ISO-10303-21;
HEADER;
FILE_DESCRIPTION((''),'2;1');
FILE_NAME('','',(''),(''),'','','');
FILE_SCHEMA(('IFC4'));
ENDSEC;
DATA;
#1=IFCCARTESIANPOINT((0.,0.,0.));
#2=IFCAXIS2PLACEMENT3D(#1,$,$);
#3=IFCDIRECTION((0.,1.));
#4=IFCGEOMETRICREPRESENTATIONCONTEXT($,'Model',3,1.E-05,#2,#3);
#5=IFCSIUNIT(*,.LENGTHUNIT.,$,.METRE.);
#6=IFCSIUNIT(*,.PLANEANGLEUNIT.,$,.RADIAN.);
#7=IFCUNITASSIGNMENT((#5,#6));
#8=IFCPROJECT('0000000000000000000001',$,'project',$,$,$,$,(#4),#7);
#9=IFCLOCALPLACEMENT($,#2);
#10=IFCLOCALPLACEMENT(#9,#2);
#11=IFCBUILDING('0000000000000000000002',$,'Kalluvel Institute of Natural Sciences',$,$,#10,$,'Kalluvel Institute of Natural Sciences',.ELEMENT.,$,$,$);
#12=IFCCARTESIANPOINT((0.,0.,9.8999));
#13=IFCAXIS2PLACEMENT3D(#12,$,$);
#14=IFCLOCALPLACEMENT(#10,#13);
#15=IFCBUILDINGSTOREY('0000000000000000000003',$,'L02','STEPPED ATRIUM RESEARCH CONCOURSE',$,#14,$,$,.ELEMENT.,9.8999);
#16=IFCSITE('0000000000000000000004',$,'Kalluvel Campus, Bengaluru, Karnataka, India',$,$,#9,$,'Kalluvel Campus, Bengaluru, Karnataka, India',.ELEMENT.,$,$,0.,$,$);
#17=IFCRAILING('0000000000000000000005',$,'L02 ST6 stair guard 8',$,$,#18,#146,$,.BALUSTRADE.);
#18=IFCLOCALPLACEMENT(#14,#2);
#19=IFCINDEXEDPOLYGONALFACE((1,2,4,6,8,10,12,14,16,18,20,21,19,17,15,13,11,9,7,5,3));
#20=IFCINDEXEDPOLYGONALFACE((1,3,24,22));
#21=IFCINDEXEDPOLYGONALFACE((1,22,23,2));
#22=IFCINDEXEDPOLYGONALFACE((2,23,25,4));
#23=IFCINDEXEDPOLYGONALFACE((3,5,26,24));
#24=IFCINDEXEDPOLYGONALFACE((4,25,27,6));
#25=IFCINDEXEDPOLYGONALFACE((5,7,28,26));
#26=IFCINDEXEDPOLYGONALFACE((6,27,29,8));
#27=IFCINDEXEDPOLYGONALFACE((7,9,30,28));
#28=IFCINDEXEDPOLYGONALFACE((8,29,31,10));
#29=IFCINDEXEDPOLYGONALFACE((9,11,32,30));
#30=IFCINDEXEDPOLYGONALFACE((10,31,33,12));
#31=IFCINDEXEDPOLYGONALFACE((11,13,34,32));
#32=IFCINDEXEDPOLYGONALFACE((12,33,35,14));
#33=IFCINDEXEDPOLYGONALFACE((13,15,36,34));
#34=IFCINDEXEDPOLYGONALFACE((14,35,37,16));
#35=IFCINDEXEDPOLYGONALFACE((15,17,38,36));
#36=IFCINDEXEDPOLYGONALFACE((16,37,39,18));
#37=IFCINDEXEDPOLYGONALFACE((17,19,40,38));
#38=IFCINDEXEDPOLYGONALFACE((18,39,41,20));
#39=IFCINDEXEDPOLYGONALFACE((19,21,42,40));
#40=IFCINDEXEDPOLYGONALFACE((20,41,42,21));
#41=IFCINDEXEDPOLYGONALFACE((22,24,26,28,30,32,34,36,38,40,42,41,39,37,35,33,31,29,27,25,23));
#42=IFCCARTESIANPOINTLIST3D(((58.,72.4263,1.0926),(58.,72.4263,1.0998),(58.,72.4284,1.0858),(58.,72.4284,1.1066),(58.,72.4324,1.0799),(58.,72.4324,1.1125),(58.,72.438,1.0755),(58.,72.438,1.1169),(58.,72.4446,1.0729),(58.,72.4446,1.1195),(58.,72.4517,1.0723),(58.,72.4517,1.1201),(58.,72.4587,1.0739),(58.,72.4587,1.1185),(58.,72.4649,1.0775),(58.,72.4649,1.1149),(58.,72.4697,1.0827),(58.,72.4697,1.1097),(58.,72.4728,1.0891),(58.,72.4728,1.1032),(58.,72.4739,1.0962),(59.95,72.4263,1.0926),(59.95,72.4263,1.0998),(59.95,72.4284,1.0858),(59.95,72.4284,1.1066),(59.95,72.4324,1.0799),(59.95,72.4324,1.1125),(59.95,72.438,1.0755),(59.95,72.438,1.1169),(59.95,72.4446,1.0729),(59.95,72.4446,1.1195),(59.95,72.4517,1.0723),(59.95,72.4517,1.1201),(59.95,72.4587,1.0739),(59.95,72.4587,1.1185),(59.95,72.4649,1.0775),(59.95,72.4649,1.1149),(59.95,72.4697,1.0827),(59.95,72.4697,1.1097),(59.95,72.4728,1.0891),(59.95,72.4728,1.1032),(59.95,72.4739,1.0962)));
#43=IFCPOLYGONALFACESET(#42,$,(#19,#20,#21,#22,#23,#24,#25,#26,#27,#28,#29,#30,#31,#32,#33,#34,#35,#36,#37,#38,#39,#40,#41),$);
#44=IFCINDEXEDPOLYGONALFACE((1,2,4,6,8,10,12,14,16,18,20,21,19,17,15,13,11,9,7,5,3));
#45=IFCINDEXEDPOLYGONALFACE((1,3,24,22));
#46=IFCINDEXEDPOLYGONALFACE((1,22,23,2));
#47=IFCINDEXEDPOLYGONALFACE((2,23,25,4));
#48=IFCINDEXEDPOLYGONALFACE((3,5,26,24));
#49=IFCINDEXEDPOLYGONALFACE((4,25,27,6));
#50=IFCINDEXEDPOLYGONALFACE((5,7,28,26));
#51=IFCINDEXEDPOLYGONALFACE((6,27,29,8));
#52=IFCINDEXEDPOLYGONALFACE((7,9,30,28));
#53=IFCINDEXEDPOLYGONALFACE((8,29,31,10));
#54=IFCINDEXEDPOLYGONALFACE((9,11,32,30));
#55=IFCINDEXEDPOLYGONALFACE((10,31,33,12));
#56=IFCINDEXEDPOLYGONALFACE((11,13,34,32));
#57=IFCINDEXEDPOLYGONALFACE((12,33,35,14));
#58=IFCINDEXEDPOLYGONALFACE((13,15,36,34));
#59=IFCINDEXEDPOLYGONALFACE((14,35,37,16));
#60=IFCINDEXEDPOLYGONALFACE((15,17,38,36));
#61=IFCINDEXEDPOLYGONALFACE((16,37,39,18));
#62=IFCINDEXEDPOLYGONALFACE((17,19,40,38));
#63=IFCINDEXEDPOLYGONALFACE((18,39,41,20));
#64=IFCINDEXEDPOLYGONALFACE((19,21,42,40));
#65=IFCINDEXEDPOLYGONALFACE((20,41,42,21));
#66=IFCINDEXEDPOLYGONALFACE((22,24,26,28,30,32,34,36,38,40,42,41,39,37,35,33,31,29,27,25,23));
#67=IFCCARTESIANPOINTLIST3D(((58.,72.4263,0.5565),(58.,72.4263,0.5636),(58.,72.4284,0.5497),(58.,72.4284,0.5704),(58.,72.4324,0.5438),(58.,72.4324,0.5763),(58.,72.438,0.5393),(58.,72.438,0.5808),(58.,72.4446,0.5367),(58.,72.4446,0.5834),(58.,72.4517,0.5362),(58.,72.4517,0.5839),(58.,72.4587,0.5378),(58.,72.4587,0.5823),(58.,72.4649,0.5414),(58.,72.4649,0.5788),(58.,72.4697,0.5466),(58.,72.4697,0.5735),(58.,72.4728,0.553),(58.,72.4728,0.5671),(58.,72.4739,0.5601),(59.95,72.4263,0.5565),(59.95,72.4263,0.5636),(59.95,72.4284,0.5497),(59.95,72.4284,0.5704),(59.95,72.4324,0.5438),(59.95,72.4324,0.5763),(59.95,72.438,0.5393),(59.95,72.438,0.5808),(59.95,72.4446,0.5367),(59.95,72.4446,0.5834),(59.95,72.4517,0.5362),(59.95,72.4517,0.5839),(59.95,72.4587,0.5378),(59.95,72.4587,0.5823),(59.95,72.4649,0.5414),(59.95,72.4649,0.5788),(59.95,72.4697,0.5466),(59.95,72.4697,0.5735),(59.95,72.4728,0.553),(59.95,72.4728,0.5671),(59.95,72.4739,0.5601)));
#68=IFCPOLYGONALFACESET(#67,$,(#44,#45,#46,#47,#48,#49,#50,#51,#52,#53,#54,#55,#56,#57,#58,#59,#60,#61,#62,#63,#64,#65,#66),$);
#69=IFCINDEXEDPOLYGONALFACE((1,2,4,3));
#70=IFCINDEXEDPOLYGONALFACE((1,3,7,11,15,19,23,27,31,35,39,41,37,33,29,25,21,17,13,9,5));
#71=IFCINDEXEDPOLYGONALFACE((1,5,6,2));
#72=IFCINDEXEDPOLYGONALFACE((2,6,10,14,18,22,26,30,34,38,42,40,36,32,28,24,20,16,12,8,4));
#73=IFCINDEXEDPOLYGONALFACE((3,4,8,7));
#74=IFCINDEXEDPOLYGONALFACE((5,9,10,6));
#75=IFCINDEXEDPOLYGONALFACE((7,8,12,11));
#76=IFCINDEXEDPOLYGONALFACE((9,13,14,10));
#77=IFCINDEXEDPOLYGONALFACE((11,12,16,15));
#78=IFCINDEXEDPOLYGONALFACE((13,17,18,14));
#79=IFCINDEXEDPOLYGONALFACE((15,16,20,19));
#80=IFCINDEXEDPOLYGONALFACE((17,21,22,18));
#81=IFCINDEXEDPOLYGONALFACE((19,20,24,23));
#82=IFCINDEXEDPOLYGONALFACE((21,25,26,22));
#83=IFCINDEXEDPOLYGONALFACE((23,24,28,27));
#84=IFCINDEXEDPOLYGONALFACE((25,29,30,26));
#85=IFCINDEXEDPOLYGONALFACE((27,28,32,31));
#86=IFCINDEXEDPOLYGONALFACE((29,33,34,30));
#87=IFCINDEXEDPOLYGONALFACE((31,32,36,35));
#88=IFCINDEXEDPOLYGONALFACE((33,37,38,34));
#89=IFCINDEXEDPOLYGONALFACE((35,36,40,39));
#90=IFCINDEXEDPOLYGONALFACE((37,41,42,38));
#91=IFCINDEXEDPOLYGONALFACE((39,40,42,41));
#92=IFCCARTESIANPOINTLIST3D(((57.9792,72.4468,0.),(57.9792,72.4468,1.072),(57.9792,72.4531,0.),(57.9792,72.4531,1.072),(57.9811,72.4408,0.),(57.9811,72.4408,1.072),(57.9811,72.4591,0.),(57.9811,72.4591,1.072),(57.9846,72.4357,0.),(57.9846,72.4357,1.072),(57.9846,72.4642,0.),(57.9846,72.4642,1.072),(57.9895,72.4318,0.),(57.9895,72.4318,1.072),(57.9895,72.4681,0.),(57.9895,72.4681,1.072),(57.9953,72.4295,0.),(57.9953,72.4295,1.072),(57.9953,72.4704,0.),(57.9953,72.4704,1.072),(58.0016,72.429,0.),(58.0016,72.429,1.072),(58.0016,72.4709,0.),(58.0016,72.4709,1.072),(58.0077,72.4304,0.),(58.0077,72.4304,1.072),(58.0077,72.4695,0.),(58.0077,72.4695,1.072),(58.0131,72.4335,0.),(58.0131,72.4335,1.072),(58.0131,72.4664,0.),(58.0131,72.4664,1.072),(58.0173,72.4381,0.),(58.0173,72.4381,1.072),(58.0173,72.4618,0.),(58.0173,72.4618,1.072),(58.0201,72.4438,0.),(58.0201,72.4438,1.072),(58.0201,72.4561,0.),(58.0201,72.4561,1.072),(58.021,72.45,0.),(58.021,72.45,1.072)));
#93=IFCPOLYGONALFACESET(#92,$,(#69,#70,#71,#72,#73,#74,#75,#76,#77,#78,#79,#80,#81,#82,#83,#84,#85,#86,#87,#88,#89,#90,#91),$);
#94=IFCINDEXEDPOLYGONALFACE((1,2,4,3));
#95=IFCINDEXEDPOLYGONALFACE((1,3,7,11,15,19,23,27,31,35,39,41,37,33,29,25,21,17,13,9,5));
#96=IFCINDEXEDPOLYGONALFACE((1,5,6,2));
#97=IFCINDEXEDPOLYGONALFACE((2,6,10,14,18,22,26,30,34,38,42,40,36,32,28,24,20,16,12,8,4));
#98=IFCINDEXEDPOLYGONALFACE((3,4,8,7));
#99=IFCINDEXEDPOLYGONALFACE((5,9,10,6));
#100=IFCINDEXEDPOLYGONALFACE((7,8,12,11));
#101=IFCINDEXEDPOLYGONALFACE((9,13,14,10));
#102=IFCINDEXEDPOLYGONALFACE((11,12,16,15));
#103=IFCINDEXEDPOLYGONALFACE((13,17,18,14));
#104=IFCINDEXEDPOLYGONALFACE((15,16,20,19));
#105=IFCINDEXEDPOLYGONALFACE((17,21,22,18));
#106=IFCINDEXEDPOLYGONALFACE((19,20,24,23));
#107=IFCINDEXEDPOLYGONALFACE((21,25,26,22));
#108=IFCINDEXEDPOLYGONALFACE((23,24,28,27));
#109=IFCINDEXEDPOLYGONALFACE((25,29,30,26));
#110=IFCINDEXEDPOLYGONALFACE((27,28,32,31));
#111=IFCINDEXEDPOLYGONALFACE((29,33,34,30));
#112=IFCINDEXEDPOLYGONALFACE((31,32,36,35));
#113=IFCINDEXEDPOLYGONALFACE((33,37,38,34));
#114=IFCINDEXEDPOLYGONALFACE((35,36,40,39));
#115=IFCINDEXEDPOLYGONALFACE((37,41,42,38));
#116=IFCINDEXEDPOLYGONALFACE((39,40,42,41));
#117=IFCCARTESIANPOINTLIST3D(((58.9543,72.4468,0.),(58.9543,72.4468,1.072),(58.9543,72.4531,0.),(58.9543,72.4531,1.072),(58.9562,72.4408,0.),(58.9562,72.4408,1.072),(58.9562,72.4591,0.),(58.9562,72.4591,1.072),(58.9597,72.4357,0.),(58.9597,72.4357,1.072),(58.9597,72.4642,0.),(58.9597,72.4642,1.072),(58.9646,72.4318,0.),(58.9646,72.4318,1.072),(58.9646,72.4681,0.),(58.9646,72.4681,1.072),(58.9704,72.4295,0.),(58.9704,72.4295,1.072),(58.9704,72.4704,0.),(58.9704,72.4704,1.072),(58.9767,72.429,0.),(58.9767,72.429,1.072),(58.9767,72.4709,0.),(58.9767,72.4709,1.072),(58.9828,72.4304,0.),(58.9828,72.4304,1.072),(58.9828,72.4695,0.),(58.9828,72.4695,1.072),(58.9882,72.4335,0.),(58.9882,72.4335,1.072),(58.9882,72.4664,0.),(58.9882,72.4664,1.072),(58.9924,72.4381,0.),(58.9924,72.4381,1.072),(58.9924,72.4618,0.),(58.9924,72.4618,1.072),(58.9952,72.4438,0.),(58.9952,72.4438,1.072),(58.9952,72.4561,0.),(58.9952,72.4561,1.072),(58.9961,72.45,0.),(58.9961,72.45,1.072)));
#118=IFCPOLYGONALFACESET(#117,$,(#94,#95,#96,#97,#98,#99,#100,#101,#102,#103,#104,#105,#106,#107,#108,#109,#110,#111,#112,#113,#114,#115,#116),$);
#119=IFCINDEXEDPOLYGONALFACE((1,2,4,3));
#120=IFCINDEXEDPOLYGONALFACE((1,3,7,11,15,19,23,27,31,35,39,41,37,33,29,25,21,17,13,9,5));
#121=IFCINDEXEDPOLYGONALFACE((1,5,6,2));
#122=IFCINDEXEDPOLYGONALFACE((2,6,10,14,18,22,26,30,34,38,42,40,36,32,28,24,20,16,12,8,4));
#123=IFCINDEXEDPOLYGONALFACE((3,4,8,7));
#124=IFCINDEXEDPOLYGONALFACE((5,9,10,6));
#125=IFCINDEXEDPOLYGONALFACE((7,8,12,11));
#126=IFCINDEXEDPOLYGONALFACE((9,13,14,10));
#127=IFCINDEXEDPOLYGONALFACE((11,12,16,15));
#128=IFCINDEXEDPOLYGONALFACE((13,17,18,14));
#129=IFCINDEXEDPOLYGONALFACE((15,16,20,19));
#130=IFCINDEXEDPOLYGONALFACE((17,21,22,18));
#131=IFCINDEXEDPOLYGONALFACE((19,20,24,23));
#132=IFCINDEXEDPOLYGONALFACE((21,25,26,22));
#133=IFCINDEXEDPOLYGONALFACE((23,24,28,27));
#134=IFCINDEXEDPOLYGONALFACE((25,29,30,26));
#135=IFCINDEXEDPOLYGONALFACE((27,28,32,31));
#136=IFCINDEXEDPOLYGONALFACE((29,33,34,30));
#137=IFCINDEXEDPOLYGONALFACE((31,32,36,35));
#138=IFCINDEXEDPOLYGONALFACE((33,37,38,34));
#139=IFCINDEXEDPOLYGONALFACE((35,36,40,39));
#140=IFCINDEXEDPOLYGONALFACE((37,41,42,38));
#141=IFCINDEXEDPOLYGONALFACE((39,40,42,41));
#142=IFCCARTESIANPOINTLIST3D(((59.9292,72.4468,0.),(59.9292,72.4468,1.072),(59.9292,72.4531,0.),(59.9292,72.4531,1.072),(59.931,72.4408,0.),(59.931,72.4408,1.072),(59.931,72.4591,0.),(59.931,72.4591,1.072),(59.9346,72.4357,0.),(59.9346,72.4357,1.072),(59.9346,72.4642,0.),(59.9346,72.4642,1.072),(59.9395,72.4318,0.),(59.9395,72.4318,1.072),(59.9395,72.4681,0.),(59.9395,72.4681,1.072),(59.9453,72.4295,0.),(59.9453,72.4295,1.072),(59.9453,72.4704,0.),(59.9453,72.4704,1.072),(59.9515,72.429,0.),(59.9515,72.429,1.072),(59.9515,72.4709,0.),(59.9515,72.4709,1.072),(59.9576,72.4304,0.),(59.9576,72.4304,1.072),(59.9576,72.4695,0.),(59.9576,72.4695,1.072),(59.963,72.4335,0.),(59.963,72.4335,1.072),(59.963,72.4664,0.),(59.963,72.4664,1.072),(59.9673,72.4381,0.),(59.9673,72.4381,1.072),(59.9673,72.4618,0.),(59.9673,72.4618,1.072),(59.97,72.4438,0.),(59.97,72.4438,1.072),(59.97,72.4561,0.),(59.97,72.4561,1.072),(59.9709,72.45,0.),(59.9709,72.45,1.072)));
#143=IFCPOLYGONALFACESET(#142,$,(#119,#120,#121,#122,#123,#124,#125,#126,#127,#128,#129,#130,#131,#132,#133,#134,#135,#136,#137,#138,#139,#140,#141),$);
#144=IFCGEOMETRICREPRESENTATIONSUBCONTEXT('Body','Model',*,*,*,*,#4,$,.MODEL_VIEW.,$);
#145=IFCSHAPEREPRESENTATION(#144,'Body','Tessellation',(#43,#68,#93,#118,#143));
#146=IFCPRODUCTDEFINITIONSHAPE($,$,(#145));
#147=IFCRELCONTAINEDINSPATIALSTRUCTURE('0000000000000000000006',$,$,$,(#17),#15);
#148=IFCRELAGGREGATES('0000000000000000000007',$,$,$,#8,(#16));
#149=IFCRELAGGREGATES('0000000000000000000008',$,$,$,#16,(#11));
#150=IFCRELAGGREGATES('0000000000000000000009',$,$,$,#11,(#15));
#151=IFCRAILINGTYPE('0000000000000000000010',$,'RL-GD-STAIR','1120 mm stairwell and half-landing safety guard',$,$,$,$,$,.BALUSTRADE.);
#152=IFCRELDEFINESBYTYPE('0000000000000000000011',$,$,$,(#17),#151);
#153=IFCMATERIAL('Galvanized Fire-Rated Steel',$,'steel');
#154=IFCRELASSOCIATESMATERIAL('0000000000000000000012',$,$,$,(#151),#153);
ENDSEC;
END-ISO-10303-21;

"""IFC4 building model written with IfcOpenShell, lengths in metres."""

from ifc_helpers import new_model, si_unit, direction, frame, origin, origin_2d, place, context, subcontext, project, spatial, circle, extrude, material, type_object, element, save


model = new_model("IFC4")

# Units and contexts
model_context = context("Model", 3, precision=1e-05, world=origin(), true_north=direction((0.0, 1.0)))
body_context = subcontext(model_context, "Body", "Model", "MODEL_VIEW")
ifc_project = project(units=[si_unit("LENGTHUNIT", "METRE"), si_unit("PLANEANGLEUNIT", "RADIAN")], contexts=[model_context])

# Site, building, storey
site_placement = place(None, origin())
site = spatial("IfcSite", under=ifc_project, at=site_placement, Name="Kalluvel Campus, Bengaluru, Karnataka, India", LongName="Kalluvel Campus, Bengaluru, Karnataka, India", CompositionType="ELEMENT", RefElevation=0.0)
building_placement = place(site_placement, origin())
building = spatial("IfcBuilding", under=site, at=building_placement, Name="Kalluvel Institute of Natural Sciences", LongName="Kalluvel Institute of Natural Sciences", CompositionType="ELEMENT")
storey_placement = place(building_placement, frame((0.0, 0.0, 9.8999)))
storey = spatial("IfcBuildingStorey", under=building, at=storey_placement, Name="L02", Description="STEPPED ATRIUM RESEARCH CONCOURSE", CompositionType="ELEMENT", Elevation=9.8999)

# Railing
ifc_material_1 = material(Name="Galvanized Fire-Rated Steel", Category="steel")
railing_type_1 = type_object("IfcRailingType", Name="RL-GD-STAIR", Description="1120 mm stairwell and half-landing safety guard", PredefinedType="BALUSTRADE", material=ifc_material_1)
railing_1_placement = place(storey_placement, frame((58.0, 72.45, 0.0)))
element("IfcRailing", 1, at=railing_1_placement, inside=storey, type_object=railing_type_1, Name="L02 ST6 stair guard 8", PredefinedType="BALUSTRADE", context=body_context, shape_type="SweptSolid", body=[
    extrude(circle(Radius=0.0239, at=origin_2d()), frame((0.0, 0.0, 1.0962), z_axis=(1.0, 0.0, 0.0), x_axis=(0.0, 1.0, 0.0)), (0.0, 0.0, 1.0), 1.95),
    extrude(circle(Radius=0.0239, at=origin_2d()), frame((0.0, 0.0, 0.5601), z_axis=(1.0, 0.0, 0.0), x_axis=(0.0, 1.0, 0.0)), (0.0, 0.0, 1.0), 1.95),
    extrude(circle(Radius=0.021, at=origin_2d()), origin(), (0.0, 0.0, 1.0), 1.072),
    extrude(circle(Radius=0.021, at=origin_2d()), frame((0.9751, 0.0, 0.0)), (0.0, 0.0, 1.0), 1.072),
    extrude(circle(Radius=0.021, at=origin_2d()), frame((1.95, 0.0, 0.0)), (0.0, 0.0, 1.0), 1.072),
])

save(model, "model.ifc")
